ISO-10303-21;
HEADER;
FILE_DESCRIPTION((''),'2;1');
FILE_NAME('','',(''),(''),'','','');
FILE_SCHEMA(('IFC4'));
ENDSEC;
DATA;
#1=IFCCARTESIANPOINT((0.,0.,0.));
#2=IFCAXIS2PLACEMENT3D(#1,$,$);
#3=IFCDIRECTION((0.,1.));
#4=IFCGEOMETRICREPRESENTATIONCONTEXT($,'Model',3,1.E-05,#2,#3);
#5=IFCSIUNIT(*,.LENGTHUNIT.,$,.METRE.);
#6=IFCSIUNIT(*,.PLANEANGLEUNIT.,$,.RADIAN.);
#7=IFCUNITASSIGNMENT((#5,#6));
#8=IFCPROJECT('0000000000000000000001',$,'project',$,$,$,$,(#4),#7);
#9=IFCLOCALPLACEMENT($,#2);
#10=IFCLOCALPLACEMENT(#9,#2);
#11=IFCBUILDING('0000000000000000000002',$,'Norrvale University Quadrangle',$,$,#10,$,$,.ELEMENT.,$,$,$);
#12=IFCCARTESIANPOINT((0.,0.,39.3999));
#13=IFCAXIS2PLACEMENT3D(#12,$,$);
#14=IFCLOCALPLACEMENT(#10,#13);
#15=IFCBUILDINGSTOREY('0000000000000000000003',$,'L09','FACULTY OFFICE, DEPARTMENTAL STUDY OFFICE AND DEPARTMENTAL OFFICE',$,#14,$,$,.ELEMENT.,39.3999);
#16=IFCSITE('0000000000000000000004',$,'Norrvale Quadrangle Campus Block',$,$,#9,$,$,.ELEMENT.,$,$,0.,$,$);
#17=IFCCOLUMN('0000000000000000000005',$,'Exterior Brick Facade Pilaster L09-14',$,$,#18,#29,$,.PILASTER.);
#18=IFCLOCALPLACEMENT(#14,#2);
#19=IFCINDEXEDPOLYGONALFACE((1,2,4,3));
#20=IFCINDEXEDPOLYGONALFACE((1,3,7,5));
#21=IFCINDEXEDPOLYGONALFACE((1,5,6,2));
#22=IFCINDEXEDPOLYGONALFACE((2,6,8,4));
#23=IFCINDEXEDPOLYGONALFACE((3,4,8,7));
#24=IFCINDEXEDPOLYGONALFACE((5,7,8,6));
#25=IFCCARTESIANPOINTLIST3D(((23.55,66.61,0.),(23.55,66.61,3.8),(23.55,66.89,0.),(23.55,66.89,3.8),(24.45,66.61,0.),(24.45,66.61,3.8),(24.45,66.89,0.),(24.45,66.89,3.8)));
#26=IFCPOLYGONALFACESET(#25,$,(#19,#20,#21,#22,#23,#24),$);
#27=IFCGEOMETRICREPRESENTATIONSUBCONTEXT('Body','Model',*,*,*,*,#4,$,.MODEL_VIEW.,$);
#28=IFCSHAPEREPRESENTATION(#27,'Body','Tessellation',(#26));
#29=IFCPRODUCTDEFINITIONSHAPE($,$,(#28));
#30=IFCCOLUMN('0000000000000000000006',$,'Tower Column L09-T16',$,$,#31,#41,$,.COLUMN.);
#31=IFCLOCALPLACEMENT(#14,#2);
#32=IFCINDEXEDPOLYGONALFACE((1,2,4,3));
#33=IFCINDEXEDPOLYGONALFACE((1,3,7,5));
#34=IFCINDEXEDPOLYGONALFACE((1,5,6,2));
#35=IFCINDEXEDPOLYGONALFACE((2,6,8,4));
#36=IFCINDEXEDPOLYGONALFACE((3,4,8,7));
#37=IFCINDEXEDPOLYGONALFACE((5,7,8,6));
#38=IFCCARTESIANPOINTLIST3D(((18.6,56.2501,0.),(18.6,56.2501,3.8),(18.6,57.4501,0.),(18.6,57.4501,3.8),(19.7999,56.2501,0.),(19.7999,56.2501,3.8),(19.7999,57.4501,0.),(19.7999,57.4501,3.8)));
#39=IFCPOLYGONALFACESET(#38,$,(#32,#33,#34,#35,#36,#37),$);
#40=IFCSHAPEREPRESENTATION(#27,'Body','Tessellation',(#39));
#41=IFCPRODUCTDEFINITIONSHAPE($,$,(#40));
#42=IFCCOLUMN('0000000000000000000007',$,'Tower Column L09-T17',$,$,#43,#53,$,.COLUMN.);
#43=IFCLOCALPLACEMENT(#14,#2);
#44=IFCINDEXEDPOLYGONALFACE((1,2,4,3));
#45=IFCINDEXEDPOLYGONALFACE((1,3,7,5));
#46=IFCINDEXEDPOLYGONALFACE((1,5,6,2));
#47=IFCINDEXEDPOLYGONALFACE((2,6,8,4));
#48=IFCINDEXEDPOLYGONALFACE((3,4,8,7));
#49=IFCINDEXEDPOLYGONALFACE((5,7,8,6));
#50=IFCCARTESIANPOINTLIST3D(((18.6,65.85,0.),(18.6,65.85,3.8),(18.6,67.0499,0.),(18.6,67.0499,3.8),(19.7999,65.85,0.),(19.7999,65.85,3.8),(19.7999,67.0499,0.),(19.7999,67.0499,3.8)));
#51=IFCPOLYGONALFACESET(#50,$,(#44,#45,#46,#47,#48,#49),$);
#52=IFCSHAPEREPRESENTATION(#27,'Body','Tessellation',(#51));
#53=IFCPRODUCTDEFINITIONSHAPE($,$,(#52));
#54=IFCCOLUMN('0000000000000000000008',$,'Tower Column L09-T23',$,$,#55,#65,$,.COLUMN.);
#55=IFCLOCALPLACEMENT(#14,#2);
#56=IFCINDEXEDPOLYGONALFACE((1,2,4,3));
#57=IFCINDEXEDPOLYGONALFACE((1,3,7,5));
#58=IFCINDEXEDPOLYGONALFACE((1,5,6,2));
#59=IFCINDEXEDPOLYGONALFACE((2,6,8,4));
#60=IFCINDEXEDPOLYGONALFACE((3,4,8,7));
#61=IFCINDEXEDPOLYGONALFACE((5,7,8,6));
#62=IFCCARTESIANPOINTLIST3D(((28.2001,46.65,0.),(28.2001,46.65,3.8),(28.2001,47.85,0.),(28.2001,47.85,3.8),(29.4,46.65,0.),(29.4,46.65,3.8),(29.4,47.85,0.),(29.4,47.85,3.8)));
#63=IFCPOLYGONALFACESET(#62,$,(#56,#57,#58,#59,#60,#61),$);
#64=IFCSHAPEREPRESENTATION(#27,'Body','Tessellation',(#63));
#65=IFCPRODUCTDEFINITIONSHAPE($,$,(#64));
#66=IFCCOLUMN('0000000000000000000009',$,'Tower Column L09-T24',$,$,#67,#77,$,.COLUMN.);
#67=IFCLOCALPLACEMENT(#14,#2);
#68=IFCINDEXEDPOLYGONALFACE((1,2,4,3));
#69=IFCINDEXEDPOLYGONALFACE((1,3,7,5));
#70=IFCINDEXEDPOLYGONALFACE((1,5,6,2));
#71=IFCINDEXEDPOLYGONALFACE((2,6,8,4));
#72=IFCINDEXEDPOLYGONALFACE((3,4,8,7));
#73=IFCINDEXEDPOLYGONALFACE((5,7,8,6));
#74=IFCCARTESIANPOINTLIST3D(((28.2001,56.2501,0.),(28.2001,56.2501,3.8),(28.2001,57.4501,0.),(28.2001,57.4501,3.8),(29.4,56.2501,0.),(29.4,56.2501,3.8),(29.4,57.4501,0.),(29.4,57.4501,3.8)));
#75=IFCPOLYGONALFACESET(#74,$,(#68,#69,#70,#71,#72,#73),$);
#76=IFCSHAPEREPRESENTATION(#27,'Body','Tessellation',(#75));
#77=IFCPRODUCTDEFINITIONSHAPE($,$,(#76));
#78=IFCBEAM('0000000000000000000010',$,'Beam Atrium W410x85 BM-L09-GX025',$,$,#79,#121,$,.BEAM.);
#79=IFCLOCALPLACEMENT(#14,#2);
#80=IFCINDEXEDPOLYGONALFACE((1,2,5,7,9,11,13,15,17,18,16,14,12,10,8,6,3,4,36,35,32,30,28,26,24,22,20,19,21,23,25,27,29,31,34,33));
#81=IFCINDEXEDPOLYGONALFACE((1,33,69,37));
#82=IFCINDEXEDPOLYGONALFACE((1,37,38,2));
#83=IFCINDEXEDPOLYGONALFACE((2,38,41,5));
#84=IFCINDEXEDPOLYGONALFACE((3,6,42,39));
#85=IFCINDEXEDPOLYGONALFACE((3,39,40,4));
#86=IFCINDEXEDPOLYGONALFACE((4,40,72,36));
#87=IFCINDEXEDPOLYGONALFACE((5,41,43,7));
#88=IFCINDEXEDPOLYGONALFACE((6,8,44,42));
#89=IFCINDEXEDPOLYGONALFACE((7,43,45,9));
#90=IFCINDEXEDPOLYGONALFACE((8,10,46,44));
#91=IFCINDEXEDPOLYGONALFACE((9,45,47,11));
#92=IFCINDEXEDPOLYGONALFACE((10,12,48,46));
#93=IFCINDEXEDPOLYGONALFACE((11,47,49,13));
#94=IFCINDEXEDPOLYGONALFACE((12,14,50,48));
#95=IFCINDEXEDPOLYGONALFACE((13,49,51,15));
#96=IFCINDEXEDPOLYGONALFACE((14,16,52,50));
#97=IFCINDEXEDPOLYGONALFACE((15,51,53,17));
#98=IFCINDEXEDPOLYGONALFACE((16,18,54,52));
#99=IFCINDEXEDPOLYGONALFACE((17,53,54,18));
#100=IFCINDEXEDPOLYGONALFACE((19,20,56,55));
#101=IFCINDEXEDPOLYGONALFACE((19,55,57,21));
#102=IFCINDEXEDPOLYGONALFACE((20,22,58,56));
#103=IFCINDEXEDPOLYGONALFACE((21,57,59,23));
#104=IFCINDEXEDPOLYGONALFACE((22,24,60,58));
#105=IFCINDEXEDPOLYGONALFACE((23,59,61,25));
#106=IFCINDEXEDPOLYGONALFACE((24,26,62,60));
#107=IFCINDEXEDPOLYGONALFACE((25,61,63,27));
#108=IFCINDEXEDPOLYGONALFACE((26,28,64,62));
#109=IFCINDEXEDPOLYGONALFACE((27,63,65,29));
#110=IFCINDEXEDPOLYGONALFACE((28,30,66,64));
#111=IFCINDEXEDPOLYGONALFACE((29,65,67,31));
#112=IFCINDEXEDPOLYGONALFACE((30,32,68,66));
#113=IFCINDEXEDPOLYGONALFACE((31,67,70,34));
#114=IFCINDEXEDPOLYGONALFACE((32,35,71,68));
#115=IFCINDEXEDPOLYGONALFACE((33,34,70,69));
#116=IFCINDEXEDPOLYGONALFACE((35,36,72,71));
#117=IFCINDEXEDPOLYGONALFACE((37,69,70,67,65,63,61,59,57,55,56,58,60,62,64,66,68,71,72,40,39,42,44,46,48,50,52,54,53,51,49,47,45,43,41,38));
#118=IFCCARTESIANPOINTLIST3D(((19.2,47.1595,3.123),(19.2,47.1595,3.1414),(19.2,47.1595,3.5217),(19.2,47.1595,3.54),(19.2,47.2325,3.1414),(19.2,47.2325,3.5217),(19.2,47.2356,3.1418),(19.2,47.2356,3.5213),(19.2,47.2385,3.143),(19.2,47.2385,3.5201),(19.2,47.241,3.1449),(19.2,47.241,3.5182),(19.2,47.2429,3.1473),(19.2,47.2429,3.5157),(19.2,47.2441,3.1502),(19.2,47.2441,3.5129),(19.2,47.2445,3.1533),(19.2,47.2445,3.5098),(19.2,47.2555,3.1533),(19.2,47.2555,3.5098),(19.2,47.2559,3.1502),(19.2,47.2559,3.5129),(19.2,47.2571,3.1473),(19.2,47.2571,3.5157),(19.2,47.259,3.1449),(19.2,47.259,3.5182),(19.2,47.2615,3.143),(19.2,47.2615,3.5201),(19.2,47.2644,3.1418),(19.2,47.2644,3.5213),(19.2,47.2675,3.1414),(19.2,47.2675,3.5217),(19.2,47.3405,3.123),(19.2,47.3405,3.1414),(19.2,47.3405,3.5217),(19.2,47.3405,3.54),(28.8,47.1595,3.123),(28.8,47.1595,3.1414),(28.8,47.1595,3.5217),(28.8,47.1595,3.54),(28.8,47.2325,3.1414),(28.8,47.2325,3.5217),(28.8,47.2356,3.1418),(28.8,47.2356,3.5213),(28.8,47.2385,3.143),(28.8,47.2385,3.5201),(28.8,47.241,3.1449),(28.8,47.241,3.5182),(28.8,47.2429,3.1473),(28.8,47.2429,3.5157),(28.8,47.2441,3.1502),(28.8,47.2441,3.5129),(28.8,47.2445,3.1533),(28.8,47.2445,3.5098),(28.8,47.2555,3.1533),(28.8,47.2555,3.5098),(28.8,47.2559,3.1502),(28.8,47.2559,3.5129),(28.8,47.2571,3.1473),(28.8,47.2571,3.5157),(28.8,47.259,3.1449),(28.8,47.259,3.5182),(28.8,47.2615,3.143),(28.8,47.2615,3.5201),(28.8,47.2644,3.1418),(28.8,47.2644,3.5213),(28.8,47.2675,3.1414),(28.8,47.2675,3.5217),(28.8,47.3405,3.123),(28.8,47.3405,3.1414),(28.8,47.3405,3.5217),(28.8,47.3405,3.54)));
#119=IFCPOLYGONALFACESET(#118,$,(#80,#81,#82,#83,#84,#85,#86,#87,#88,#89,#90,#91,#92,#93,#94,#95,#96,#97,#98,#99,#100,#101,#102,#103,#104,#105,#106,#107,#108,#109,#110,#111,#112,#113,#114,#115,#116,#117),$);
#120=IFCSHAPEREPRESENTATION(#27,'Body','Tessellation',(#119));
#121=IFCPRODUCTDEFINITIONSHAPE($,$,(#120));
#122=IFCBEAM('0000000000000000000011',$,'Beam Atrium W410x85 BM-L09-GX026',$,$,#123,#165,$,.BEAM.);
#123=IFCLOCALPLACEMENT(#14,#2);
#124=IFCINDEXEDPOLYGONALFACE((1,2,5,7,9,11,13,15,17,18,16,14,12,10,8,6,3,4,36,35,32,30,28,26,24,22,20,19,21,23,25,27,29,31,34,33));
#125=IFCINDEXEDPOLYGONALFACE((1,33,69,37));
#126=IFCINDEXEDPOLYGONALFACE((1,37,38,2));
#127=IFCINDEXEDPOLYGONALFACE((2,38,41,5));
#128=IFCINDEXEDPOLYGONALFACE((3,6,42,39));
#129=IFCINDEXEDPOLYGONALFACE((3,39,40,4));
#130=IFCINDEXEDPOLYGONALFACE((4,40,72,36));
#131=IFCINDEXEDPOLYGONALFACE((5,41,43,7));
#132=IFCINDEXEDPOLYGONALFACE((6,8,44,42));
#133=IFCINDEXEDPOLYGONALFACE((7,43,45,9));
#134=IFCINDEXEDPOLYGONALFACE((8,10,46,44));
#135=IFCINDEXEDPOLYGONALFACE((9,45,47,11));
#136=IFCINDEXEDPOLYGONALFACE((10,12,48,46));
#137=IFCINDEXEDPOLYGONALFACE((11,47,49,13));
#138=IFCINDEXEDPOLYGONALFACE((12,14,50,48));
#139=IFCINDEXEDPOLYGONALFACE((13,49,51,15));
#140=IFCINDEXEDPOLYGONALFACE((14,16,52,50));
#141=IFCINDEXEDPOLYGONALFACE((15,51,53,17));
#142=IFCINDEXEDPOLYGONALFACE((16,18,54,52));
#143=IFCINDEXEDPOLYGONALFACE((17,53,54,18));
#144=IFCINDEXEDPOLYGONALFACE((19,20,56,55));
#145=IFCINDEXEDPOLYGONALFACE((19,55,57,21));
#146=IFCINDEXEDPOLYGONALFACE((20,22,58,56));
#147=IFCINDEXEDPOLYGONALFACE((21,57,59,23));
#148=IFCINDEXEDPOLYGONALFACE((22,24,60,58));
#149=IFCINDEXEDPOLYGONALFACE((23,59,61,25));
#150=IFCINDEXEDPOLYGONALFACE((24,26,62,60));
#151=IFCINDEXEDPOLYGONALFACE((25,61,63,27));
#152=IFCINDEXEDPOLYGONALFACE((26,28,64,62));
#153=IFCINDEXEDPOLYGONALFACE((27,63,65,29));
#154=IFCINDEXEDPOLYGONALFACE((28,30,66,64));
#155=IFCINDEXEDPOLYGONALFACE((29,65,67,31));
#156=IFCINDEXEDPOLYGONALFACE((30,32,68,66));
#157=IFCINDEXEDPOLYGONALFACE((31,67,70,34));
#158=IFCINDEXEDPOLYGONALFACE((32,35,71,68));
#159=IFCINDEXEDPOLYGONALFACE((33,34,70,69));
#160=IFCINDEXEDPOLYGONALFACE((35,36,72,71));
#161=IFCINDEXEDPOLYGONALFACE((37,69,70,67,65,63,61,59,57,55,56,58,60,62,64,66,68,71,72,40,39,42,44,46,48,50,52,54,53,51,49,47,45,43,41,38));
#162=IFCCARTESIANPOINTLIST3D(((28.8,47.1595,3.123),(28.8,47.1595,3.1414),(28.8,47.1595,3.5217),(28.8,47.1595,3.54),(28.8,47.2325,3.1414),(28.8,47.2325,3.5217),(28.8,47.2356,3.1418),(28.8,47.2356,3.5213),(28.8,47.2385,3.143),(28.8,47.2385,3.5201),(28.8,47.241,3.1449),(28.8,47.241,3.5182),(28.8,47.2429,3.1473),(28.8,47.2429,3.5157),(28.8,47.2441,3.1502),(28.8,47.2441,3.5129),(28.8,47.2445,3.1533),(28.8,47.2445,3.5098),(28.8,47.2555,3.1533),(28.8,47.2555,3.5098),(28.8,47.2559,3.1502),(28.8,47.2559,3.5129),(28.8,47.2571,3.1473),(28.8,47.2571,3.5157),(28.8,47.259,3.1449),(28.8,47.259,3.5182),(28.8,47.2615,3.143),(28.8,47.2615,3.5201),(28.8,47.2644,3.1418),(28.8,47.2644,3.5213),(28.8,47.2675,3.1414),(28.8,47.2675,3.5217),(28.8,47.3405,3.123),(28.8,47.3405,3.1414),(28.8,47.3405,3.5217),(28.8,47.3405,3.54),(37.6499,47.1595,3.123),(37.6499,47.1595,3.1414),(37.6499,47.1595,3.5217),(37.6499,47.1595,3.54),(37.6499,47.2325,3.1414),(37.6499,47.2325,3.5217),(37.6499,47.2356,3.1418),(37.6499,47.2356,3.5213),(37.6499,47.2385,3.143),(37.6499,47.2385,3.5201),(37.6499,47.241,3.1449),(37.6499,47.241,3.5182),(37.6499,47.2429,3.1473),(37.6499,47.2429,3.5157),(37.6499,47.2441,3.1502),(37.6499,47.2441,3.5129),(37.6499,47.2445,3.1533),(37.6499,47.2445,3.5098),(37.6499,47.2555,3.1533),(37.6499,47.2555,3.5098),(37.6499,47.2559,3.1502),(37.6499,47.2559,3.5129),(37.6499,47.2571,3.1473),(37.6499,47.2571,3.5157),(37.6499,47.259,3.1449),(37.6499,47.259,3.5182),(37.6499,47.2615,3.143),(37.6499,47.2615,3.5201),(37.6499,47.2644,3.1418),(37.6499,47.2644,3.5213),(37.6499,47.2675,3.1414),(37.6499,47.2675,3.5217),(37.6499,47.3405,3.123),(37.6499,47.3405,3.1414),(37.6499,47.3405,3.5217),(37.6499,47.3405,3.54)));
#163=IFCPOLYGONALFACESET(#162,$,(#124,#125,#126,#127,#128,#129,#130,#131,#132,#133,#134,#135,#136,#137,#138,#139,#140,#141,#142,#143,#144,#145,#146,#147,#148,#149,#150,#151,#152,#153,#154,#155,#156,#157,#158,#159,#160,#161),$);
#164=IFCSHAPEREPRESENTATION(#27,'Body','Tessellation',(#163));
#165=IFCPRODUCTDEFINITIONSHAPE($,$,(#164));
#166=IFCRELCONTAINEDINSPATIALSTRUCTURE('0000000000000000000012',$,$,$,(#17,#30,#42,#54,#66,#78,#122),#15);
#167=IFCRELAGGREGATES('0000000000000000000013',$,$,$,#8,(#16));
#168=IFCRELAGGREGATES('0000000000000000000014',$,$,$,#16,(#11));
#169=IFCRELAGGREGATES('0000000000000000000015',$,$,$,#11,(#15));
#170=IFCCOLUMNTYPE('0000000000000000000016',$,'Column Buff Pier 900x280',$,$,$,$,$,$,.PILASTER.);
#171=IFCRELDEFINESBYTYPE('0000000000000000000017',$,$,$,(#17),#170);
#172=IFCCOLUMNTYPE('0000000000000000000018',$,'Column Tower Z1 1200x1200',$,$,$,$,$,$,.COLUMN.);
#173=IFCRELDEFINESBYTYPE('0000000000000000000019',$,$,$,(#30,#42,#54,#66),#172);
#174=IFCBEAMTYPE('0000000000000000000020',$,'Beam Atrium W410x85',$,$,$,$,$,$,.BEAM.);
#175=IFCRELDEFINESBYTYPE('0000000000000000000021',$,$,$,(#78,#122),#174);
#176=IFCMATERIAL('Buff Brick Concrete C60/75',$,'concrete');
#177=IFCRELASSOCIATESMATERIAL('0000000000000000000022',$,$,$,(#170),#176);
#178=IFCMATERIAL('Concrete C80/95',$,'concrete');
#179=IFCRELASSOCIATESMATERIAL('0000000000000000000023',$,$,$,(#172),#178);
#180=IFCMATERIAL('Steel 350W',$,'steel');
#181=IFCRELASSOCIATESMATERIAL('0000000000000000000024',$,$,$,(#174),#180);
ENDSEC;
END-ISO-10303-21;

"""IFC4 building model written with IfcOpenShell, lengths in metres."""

from ifc_helpers import new_model, si_unit, direction, frame, origin, origin_2d, place, context, subcontext, project, spatial, rectangle, i_section, extrude, material, material_profile, profile_set, type_object, element, save


model = new_model("IFC4")

# Units and contexts
model_context = context("Model", 3, precision=1e-05, world=origin(), true_north=direction((0.0, 1.0)))
body_context = subcontext(model_context, "Body", "Model", "MODEL_VIEW")
ifc_project = project(units=[si_unit("LENGTHUNIT", "METRE"), si_unit("PLANEANGLEUNIT", "RADIAN")], contexts=[model_context])

# Site, building, storey
site_placement = place(None, origin())
site = spatial("IfcSite", under=ifc_project, at=site_placement, Name="Norrvale Quadrangle Campus Block", CompositionType="ELEMENT", RefElevation=0.0)
building_placement = place(site_placement, origin())
building = spatial("IfcBuilding", under=site, at=building_placement, Name="Norrvale University Quadrangle", CompositionType="ELEMENT")
storey_placement = place(building_placement, frame((0.0, 0.0, 39.3999)))
storey = spatial("IfcBuildingStorey", under=building, at=storey_placement, Name="L09", Description="FACULTY OFFICE, DEPARTMENTAL STUDY OFFICE AND DEPARTMENTAL OFFICE", CompositionType="ELEMENT", Elevation=39.3999)

# Columns
ifc_material_1 = material(Name="Buff Brick Concrete C60/75", Category="concrete")
ifc_material_profile_1 = material_profile(ifc_material_1, rectangle(XDim=0.8999, YDim=0.28, at=origin_2d()), Name="Buff Brick Concrete C60/75")
ifc_profile_set_1 = profile_set([ifc_material_profile_1], Name="Buff Brick Concrete C60/75")
column_type_1 = type_object("IfcColumnType", Name="Column Buff Pier 900x280", PredefinedType="PILASTER", material=ifc_profile_set_1)
column_placement = place(storey_placement, frame((24.0, 66.75, 0.0), z_axis=(0.0, 0.0, 1.0), x_axis=(1.0, 0.0, 0.0)))
element("IfcColumn", 1, at=column_placement, inside=storey, type_object=column_type_1, Name="Exterior Brick Facade Pilaster L09-14", PredefinedType="PILASTER", context=body_context, shape_type="SweptSolid", body=[
    extrude(rectangle(XDim=0.8999, YDim=0.28, at=origin_2d()), origin(), (0.0, 0.0, 1.0), 3.8),
])
ifc_material_2 = material(Name="Concrete C80/95", Category="concrete")
ifc_material_profile_2 = material_profile(ifc_material_2, rectangle(XDim=1.2, YDim=1.2, at=origin_2d()), Name="Concrete C80/95")
ifc_profile_set_2 = profile_set([ifc_material_profile_2], Name="Concrete C80/95")
column_type_2 = type_object("IfcColumnType", Name="Column Tower Z1 1200x1200", PredefinedType="COLUMN", material=ifc_profile_set_2)
for number, where, z_axis, x_axis, name in (
    (2, (19.2, 56.8501, 0.0), (0.0, 0.0, 1.0), (1.0, 0.0, 0.0), "Tower Column L09-T16"),
    (3, (19.2, 66.45, 0.0), (0.0, 0.0, 1.0), (1.0, 0.0, 0.0), "Tower Column L09-T17"),
    (4, (28.8, 47.25, 0.0), (0.0, 0.0, 1.0), (1.0, 0.0, 0.0), "Tower Column L09-T23"),
    (5, (28.8, 56.8501, 0.0), (0.0, 0.0, 1.0), (1.0, 0.0, 0.0), "Tower Column L09-T24"),
):
    element("IfcColumn", number, at=place(storey_placement, frame(where, z_axis=z_axis, x_axis=x_axis)), inside=storey, type_object=column_type_2, Name=name, PredefinedType="COLUMN", context=body_context, shape_type="SweptSolid", body=[
        extrude(rectangle(XDim=1.2, YDim=1.2, at=origin_2d()), origin(), (0.0, 0.0, 1.0), 3.8),
    ])

# Beams
ifc_material_3 = material(Name="Steel 350W", Category="steel")
ifc_material_profile_3 = material_profile(ifc_material_3, i_section(OverallWidth=0.1809, OverallDepth=0.417, WebThickness=0.011, FlangeThickness=0.0183, FilletRadius=0.012, at=origin_2d()), Name="Steel 350W")
ifc_profile_set_3 = profile_set([ifc_material_profile_3], Name="Steel 350W")
beam_type_1 = type_object("IfcBeamType", Name="Beam Atrium W410x85", PredefinedType="BEAM", material=ifc_profile_set_3)
beam_1_placement = place(storey_placement, frame((19.2, 47.25, 3.3315), z_axis=(1.0, 0.0, 0.0), x_axis=(0.0, 1.0, 0.0)))
element("IfcBeam", 6, at=beam_1_placement, inside=storey, type_object=beam_type_1, Name="Beam Atrium W410x85 BM-L09-GX025", PredefinedType="BEAM", context=body_context, shape_type="SweptSolid", body=[
    extrude(i_section(OverallWidth=0.1809, OverallDepth=0.417, WebThickness=0.011, FlangeThickness=0.0183, FilletRadius=0.012, at=origin_2d()), origin(), (0.0, 0.0, 1.0), 9.6001),
])
beam_2_placement = place(storey_placement, frame((28.8, 47.25, 3.3315), z_axis=(1.0, 0.0, 0.0), x_axis=(0.0, 1.0, 0.0)))
element("IfcBeam", 7, at=beam_2_placement, inside=storey, type_object=beam_type_1, Name="Beam Atrium W410x85 BM-L09-GX026", PredefinedType="BEAM", context=body_context, shape_type="SweptSolid", body=[
    extrude(i_section(OverallWidth=0.1809, OverallDepth=0.417, WebThickness=0.011, FlangeThickness=0.0183, FilletRadius=0.012, at=origin_2d()), origin(), (0.0, 0.0, 1.0), 8.8499),
])

save(model, "model.ifc")
